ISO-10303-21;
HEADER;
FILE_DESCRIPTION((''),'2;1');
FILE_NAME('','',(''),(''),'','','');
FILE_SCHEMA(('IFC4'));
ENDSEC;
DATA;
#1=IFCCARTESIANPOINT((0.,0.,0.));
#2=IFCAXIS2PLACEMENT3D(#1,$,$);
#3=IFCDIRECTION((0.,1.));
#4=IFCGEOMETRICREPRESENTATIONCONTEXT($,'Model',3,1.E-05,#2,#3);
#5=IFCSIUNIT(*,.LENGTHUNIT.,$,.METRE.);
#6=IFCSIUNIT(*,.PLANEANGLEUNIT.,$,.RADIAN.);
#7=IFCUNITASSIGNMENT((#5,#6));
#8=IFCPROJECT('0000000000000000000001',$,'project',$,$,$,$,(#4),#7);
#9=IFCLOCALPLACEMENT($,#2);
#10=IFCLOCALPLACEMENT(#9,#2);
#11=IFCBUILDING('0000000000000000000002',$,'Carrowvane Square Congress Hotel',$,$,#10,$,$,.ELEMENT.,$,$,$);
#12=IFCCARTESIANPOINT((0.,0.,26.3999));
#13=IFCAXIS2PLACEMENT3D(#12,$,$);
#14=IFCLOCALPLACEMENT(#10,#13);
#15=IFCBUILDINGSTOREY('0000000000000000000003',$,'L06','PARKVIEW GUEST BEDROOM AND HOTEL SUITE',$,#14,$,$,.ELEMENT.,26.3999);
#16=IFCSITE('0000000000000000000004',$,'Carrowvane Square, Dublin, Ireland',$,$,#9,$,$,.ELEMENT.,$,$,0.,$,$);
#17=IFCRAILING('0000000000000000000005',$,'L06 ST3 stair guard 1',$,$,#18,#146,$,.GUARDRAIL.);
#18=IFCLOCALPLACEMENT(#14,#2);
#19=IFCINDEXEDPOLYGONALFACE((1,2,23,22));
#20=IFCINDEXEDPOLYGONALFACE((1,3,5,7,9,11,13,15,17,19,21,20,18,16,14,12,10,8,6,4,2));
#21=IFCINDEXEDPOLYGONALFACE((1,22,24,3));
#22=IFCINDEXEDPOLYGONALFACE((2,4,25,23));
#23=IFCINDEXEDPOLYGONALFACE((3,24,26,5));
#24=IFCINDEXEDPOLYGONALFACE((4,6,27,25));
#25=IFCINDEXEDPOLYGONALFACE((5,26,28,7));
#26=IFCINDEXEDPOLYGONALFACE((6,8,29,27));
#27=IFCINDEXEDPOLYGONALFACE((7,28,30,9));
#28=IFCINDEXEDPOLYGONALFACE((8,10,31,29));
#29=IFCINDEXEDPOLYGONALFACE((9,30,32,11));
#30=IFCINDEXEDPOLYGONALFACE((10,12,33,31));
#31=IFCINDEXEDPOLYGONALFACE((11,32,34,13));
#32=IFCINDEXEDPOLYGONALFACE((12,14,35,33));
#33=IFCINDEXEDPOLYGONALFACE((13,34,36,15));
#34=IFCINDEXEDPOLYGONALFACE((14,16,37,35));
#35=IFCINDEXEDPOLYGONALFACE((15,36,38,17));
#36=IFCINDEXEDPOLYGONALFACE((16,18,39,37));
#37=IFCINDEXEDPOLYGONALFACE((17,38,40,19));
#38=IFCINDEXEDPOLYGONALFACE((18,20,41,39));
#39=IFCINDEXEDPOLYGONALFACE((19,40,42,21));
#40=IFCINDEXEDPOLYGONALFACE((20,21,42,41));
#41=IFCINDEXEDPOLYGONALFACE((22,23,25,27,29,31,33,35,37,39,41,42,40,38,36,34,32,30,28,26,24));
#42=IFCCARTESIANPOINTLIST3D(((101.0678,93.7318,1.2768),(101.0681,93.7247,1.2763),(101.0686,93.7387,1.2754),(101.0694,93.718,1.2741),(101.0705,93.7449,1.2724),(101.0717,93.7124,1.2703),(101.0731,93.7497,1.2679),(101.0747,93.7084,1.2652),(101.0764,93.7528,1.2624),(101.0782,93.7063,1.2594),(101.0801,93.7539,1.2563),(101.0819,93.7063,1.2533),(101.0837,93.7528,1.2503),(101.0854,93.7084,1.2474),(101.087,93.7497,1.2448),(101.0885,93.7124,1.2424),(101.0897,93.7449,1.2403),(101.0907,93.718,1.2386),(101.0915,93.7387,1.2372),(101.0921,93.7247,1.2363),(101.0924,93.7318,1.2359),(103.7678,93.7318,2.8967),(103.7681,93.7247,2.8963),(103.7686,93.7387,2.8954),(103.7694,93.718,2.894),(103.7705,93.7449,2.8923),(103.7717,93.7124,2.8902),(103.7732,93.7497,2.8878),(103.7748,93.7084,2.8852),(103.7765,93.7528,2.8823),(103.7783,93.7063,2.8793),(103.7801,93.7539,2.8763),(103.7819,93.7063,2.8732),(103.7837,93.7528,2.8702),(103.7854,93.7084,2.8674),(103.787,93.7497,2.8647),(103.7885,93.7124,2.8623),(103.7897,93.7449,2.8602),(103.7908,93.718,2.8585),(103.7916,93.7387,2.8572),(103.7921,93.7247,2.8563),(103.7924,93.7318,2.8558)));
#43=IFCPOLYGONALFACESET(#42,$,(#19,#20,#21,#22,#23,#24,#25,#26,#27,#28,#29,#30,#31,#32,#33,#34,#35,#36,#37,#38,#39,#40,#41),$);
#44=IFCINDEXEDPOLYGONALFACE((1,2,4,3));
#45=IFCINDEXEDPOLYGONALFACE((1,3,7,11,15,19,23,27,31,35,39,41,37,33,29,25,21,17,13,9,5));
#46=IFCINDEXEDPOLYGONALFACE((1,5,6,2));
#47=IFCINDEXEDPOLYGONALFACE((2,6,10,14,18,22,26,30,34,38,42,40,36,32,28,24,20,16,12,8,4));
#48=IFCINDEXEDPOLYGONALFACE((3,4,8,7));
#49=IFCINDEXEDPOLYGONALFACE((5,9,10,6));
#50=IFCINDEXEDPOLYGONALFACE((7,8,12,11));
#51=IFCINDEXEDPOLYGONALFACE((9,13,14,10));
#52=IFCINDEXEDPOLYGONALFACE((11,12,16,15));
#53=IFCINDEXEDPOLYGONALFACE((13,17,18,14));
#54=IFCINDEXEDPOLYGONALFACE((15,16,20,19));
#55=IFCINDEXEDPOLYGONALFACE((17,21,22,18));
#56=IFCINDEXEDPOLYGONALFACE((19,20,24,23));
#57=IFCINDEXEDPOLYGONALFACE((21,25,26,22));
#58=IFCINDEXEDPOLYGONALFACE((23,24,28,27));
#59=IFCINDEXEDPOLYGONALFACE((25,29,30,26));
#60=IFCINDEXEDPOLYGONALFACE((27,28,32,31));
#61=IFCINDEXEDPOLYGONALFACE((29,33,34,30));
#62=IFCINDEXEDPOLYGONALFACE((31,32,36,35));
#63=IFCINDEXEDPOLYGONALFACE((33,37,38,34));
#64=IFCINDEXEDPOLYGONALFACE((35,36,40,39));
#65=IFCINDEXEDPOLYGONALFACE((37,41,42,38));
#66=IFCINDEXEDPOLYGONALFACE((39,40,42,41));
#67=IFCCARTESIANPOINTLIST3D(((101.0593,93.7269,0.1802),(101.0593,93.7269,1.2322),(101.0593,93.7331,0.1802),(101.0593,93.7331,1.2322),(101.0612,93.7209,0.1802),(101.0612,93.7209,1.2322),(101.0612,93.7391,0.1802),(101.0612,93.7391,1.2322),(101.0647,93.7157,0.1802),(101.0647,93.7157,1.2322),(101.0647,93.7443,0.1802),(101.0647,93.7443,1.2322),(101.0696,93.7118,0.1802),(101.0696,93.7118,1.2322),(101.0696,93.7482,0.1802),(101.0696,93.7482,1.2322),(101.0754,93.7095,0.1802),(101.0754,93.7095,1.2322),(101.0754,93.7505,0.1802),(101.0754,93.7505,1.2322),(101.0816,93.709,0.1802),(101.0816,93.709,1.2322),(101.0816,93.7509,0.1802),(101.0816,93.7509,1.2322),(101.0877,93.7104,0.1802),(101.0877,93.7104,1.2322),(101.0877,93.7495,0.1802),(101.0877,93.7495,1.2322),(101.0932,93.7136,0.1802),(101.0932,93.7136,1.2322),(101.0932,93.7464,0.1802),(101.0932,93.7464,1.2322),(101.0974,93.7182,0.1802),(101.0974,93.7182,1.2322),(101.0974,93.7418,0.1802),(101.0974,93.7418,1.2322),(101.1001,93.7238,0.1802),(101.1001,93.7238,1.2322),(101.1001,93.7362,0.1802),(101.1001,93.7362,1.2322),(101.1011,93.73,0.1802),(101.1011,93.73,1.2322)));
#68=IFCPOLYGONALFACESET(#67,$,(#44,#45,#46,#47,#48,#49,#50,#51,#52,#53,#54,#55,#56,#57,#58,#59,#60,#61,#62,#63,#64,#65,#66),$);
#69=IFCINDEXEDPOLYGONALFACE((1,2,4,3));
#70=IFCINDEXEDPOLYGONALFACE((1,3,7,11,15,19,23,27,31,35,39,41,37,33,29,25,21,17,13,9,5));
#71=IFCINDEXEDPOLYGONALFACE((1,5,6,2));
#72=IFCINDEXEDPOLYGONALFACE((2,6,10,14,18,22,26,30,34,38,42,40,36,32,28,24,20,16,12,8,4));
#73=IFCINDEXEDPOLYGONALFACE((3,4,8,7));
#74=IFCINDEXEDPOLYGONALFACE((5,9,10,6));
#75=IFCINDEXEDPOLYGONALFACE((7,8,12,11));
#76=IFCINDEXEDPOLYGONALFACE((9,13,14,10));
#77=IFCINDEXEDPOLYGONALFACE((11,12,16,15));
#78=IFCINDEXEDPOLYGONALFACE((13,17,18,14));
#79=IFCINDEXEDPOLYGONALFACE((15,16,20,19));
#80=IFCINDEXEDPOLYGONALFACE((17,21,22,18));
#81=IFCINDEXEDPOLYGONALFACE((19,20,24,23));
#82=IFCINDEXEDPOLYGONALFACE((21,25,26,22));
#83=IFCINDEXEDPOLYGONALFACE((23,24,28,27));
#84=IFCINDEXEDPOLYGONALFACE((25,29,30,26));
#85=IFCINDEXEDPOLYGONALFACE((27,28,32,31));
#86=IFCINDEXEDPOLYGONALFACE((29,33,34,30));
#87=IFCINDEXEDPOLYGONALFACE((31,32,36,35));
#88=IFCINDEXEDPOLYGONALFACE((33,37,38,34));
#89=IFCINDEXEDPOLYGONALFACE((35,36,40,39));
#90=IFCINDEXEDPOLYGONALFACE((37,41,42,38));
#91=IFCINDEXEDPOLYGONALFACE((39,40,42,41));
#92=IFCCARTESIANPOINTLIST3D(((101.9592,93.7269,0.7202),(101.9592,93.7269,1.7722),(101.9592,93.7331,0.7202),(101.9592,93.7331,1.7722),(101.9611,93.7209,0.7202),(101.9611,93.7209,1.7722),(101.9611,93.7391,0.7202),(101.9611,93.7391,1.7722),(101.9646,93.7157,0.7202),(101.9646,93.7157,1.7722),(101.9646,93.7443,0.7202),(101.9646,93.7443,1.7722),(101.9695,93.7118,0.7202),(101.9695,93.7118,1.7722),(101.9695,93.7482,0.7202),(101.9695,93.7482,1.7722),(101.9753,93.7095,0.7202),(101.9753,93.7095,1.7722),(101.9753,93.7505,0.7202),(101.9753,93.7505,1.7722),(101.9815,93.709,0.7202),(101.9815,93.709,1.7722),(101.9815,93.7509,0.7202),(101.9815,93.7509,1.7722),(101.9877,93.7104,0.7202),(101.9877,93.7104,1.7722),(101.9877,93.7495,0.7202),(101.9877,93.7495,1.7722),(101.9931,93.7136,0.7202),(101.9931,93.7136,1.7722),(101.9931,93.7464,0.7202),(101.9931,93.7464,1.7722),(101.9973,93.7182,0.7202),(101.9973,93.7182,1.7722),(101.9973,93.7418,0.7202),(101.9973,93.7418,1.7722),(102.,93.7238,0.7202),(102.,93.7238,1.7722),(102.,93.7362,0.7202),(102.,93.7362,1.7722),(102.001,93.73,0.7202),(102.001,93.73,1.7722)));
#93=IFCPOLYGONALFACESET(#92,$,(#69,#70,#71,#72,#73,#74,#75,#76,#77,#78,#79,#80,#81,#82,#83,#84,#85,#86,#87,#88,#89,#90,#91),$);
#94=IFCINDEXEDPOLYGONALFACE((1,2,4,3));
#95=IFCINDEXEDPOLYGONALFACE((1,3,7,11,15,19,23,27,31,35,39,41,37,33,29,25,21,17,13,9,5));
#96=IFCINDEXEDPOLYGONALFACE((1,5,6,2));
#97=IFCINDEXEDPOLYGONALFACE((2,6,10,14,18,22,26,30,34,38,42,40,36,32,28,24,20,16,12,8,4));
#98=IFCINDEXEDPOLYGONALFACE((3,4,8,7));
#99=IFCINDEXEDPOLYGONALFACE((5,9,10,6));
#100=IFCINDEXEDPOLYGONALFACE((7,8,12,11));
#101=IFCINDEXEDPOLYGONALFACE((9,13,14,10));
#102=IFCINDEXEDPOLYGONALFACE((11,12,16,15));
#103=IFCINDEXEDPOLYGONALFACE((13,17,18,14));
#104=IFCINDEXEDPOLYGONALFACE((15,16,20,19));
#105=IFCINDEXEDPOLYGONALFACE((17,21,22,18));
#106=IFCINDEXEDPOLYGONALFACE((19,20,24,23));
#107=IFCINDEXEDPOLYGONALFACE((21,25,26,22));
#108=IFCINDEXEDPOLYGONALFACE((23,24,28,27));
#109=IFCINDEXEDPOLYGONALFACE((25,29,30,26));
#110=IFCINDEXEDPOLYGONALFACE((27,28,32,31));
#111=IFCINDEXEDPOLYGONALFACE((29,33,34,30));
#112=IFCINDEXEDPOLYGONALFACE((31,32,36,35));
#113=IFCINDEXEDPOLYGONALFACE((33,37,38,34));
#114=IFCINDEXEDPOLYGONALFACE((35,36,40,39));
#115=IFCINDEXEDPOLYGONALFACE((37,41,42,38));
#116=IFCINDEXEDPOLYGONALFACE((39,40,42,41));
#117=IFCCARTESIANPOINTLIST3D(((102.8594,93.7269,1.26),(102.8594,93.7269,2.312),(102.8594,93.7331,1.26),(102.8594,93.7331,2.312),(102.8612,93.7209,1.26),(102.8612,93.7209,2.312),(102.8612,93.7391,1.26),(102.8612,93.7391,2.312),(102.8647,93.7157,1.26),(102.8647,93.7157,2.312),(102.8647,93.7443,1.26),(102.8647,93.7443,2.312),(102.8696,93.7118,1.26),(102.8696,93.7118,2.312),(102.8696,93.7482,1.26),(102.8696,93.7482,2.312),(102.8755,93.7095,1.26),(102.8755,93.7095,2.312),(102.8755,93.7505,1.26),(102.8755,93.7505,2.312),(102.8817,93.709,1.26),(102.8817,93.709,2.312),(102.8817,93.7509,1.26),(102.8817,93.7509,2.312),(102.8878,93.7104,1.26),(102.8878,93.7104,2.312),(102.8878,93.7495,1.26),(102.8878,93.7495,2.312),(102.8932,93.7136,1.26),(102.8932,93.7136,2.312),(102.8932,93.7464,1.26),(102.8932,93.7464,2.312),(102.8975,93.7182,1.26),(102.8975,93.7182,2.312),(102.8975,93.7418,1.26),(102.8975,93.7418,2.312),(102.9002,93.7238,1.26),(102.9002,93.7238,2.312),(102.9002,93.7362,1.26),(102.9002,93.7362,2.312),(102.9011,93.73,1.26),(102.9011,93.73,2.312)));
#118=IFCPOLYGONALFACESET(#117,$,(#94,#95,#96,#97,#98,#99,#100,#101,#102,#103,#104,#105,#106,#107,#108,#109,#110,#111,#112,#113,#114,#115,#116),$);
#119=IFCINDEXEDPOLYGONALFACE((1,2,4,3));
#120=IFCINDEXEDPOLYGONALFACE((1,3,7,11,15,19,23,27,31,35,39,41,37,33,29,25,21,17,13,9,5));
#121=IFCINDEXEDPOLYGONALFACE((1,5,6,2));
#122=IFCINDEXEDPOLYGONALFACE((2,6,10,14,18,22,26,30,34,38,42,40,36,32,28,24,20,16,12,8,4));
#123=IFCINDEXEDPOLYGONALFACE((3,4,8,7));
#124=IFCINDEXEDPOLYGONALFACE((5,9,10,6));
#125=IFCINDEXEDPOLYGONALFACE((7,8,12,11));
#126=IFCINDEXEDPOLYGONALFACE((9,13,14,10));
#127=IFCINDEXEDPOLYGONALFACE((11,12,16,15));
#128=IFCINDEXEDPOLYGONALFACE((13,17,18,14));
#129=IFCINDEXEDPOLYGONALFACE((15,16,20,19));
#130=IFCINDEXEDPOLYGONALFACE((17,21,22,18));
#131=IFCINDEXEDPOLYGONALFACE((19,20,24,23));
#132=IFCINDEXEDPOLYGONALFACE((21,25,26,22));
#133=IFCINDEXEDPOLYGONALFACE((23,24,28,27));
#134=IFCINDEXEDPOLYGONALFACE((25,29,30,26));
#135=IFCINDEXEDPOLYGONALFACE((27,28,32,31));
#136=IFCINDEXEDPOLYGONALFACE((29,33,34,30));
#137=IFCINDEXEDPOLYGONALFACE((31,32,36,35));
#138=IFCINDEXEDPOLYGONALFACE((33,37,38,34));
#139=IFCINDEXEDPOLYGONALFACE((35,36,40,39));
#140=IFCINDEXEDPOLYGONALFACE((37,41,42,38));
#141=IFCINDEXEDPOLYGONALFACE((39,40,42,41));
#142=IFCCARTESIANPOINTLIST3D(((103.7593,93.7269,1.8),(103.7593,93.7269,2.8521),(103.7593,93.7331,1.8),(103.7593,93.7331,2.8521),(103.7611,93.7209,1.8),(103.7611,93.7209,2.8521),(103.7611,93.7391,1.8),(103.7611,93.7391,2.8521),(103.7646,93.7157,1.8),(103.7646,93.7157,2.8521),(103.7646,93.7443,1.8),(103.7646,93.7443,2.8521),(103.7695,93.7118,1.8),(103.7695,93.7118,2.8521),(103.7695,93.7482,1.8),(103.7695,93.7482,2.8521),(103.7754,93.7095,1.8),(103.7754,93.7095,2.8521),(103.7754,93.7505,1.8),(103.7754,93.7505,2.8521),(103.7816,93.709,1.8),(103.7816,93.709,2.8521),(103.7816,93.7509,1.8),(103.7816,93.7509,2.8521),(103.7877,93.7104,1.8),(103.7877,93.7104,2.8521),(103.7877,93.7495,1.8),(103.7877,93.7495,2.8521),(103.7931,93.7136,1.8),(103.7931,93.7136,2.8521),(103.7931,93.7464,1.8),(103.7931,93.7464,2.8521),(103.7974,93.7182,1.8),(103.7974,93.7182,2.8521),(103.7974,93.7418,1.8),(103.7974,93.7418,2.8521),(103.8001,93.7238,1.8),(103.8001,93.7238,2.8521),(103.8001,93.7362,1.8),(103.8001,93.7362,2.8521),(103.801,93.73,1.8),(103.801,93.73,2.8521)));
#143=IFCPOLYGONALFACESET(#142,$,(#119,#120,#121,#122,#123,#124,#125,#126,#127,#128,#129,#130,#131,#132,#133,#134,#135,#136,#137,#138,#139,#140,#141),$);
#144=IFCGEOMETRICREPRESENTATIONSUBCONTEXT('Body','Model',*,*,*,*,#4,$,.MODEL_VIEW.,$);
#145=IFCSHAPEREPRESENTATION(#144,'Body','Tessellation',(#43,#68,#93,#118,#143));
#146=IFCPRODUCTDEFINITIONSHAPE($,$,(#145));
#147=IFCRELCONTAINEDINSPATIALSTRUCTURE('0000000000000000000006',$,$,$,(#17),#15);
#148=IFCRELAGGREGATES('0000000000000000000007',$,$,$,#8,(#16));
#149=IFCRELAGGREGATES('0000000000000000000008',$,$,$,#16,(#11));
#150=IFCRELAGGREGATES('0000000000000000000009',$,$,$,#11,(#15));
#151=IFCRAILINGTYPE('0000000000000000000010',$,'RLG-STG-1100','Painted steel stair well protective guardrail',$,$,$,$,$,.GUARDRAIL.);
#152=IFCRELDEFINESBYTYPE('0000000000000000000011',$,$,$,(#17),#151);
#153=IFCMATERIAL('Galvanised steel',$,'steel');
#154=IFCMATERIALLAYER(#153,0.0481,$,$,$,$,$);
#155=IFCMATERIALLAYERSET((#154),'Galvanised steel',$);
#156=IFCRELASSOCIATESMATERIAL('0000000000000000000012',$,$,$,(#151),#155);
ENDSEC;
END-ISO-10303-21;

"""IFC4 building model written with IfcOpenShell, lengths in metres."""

from ifc_helpers import new_model, si_unit, direction, frame, origin, origin_2d, place, context, subcontext, project, spatial, circle, extrude, material, layer, layer_set, type_object, element, save


model = new_model("IFC4")

# Units and contexts
model_context = context("Model", 3, precision=1e-05, world=origin(), true_north=direction((0.0, 1.0)))
body_context = subcontext(model_context, "Body", "Model", "MODEL_VIEW")
ifc_project = project(units=[si_unit("LENGTHUNIT", "METRE"), si_unit("PLANEANGLEUNIT", "RADIAN")], contexts=[model_context])

# Site, building, storey
site_placement = place(None, origin())
site = spatial("IfcSite", under=ifc_project, at=site_placement, Name="Carrowvane Square, Dublin, Ireland", CompositionType="ELEMENT", RefElevation=0.0)
building_placement = place(site_placement, origin())
building = spatial("IfcBuilding", under=site, at=building_placement, Name="Carrowvane Square Congress Hotel", CompositionType="ELEMENT")
storey_placement = place(building_placement, frame((0.0, 0.0, 26.3999)))
storey = spatial("IfcBuildingStorey", under=building, at=storey_placement, Name="L06", Description="PARKVIEW GUEST BEDROOM AND HOTEL SUITE", CompositionType="ELEMENT", Elevation=26.3999)

# Railing
ifc_material_1 = material(Name="Galvanised steel", Category="steel")
ifc_layer_1 = layer(ifc_material_1, 0.0481)
ifc_layer_set_1 = layer_set([ifc_layer_1], Name="Galvanised steel")
railing_type_1 = type_object("IfcRailingType", Name="RLG-STG-1100", Description="Painted steel stair well protective guardrail", PredefinedType="GUARDRAIL", material=ifc_layer_set_1)
railing_1_placement = place(storey_placement, frame((101.0801, 93.73, 0.1802)))
element("IfcRailing", 1, at=railing_1_placement, inside=storey, type_object=railing_type_1, Name="L06 ST3 stair guard 1", PredefinedType="GUARDRAIL", context=body_context, shape_type="SweptSolid", body=[
    extrude(circle(Radius=0.0239, at=origin_2d()), frame((0.0, 0.0, 1.0762), z_axis=(0.857507, 0.0, 0.514473), x_axis=(0.0, 1.0, 0.0)), (0.0, 0.0, 1.0), 3.1487),
    extrude(circle(Radius=0.021, at=origin_2d()), origin(), (0.0, 0.0, 1.0), 1.052),
    extrude(circle(Radius=0.021, at=origin_2d()), frame((0.8999, 0.0, 0.54)), (0.0, 0.0, 1.0), 1.052),
    extrude(circle(Radius=0.021, at=origin_2d()), frame((1.8, 0.0, 1.0798)), (0.0, 0.0, 1.0), 1.052),
    extrude(circle(Radius=0.021, at=origin_2d()), frame((2.7, 0.0, 1.6199)), (0.0, 0.0, 1.0), 1.052),
])

save(model, "model.ifc")
